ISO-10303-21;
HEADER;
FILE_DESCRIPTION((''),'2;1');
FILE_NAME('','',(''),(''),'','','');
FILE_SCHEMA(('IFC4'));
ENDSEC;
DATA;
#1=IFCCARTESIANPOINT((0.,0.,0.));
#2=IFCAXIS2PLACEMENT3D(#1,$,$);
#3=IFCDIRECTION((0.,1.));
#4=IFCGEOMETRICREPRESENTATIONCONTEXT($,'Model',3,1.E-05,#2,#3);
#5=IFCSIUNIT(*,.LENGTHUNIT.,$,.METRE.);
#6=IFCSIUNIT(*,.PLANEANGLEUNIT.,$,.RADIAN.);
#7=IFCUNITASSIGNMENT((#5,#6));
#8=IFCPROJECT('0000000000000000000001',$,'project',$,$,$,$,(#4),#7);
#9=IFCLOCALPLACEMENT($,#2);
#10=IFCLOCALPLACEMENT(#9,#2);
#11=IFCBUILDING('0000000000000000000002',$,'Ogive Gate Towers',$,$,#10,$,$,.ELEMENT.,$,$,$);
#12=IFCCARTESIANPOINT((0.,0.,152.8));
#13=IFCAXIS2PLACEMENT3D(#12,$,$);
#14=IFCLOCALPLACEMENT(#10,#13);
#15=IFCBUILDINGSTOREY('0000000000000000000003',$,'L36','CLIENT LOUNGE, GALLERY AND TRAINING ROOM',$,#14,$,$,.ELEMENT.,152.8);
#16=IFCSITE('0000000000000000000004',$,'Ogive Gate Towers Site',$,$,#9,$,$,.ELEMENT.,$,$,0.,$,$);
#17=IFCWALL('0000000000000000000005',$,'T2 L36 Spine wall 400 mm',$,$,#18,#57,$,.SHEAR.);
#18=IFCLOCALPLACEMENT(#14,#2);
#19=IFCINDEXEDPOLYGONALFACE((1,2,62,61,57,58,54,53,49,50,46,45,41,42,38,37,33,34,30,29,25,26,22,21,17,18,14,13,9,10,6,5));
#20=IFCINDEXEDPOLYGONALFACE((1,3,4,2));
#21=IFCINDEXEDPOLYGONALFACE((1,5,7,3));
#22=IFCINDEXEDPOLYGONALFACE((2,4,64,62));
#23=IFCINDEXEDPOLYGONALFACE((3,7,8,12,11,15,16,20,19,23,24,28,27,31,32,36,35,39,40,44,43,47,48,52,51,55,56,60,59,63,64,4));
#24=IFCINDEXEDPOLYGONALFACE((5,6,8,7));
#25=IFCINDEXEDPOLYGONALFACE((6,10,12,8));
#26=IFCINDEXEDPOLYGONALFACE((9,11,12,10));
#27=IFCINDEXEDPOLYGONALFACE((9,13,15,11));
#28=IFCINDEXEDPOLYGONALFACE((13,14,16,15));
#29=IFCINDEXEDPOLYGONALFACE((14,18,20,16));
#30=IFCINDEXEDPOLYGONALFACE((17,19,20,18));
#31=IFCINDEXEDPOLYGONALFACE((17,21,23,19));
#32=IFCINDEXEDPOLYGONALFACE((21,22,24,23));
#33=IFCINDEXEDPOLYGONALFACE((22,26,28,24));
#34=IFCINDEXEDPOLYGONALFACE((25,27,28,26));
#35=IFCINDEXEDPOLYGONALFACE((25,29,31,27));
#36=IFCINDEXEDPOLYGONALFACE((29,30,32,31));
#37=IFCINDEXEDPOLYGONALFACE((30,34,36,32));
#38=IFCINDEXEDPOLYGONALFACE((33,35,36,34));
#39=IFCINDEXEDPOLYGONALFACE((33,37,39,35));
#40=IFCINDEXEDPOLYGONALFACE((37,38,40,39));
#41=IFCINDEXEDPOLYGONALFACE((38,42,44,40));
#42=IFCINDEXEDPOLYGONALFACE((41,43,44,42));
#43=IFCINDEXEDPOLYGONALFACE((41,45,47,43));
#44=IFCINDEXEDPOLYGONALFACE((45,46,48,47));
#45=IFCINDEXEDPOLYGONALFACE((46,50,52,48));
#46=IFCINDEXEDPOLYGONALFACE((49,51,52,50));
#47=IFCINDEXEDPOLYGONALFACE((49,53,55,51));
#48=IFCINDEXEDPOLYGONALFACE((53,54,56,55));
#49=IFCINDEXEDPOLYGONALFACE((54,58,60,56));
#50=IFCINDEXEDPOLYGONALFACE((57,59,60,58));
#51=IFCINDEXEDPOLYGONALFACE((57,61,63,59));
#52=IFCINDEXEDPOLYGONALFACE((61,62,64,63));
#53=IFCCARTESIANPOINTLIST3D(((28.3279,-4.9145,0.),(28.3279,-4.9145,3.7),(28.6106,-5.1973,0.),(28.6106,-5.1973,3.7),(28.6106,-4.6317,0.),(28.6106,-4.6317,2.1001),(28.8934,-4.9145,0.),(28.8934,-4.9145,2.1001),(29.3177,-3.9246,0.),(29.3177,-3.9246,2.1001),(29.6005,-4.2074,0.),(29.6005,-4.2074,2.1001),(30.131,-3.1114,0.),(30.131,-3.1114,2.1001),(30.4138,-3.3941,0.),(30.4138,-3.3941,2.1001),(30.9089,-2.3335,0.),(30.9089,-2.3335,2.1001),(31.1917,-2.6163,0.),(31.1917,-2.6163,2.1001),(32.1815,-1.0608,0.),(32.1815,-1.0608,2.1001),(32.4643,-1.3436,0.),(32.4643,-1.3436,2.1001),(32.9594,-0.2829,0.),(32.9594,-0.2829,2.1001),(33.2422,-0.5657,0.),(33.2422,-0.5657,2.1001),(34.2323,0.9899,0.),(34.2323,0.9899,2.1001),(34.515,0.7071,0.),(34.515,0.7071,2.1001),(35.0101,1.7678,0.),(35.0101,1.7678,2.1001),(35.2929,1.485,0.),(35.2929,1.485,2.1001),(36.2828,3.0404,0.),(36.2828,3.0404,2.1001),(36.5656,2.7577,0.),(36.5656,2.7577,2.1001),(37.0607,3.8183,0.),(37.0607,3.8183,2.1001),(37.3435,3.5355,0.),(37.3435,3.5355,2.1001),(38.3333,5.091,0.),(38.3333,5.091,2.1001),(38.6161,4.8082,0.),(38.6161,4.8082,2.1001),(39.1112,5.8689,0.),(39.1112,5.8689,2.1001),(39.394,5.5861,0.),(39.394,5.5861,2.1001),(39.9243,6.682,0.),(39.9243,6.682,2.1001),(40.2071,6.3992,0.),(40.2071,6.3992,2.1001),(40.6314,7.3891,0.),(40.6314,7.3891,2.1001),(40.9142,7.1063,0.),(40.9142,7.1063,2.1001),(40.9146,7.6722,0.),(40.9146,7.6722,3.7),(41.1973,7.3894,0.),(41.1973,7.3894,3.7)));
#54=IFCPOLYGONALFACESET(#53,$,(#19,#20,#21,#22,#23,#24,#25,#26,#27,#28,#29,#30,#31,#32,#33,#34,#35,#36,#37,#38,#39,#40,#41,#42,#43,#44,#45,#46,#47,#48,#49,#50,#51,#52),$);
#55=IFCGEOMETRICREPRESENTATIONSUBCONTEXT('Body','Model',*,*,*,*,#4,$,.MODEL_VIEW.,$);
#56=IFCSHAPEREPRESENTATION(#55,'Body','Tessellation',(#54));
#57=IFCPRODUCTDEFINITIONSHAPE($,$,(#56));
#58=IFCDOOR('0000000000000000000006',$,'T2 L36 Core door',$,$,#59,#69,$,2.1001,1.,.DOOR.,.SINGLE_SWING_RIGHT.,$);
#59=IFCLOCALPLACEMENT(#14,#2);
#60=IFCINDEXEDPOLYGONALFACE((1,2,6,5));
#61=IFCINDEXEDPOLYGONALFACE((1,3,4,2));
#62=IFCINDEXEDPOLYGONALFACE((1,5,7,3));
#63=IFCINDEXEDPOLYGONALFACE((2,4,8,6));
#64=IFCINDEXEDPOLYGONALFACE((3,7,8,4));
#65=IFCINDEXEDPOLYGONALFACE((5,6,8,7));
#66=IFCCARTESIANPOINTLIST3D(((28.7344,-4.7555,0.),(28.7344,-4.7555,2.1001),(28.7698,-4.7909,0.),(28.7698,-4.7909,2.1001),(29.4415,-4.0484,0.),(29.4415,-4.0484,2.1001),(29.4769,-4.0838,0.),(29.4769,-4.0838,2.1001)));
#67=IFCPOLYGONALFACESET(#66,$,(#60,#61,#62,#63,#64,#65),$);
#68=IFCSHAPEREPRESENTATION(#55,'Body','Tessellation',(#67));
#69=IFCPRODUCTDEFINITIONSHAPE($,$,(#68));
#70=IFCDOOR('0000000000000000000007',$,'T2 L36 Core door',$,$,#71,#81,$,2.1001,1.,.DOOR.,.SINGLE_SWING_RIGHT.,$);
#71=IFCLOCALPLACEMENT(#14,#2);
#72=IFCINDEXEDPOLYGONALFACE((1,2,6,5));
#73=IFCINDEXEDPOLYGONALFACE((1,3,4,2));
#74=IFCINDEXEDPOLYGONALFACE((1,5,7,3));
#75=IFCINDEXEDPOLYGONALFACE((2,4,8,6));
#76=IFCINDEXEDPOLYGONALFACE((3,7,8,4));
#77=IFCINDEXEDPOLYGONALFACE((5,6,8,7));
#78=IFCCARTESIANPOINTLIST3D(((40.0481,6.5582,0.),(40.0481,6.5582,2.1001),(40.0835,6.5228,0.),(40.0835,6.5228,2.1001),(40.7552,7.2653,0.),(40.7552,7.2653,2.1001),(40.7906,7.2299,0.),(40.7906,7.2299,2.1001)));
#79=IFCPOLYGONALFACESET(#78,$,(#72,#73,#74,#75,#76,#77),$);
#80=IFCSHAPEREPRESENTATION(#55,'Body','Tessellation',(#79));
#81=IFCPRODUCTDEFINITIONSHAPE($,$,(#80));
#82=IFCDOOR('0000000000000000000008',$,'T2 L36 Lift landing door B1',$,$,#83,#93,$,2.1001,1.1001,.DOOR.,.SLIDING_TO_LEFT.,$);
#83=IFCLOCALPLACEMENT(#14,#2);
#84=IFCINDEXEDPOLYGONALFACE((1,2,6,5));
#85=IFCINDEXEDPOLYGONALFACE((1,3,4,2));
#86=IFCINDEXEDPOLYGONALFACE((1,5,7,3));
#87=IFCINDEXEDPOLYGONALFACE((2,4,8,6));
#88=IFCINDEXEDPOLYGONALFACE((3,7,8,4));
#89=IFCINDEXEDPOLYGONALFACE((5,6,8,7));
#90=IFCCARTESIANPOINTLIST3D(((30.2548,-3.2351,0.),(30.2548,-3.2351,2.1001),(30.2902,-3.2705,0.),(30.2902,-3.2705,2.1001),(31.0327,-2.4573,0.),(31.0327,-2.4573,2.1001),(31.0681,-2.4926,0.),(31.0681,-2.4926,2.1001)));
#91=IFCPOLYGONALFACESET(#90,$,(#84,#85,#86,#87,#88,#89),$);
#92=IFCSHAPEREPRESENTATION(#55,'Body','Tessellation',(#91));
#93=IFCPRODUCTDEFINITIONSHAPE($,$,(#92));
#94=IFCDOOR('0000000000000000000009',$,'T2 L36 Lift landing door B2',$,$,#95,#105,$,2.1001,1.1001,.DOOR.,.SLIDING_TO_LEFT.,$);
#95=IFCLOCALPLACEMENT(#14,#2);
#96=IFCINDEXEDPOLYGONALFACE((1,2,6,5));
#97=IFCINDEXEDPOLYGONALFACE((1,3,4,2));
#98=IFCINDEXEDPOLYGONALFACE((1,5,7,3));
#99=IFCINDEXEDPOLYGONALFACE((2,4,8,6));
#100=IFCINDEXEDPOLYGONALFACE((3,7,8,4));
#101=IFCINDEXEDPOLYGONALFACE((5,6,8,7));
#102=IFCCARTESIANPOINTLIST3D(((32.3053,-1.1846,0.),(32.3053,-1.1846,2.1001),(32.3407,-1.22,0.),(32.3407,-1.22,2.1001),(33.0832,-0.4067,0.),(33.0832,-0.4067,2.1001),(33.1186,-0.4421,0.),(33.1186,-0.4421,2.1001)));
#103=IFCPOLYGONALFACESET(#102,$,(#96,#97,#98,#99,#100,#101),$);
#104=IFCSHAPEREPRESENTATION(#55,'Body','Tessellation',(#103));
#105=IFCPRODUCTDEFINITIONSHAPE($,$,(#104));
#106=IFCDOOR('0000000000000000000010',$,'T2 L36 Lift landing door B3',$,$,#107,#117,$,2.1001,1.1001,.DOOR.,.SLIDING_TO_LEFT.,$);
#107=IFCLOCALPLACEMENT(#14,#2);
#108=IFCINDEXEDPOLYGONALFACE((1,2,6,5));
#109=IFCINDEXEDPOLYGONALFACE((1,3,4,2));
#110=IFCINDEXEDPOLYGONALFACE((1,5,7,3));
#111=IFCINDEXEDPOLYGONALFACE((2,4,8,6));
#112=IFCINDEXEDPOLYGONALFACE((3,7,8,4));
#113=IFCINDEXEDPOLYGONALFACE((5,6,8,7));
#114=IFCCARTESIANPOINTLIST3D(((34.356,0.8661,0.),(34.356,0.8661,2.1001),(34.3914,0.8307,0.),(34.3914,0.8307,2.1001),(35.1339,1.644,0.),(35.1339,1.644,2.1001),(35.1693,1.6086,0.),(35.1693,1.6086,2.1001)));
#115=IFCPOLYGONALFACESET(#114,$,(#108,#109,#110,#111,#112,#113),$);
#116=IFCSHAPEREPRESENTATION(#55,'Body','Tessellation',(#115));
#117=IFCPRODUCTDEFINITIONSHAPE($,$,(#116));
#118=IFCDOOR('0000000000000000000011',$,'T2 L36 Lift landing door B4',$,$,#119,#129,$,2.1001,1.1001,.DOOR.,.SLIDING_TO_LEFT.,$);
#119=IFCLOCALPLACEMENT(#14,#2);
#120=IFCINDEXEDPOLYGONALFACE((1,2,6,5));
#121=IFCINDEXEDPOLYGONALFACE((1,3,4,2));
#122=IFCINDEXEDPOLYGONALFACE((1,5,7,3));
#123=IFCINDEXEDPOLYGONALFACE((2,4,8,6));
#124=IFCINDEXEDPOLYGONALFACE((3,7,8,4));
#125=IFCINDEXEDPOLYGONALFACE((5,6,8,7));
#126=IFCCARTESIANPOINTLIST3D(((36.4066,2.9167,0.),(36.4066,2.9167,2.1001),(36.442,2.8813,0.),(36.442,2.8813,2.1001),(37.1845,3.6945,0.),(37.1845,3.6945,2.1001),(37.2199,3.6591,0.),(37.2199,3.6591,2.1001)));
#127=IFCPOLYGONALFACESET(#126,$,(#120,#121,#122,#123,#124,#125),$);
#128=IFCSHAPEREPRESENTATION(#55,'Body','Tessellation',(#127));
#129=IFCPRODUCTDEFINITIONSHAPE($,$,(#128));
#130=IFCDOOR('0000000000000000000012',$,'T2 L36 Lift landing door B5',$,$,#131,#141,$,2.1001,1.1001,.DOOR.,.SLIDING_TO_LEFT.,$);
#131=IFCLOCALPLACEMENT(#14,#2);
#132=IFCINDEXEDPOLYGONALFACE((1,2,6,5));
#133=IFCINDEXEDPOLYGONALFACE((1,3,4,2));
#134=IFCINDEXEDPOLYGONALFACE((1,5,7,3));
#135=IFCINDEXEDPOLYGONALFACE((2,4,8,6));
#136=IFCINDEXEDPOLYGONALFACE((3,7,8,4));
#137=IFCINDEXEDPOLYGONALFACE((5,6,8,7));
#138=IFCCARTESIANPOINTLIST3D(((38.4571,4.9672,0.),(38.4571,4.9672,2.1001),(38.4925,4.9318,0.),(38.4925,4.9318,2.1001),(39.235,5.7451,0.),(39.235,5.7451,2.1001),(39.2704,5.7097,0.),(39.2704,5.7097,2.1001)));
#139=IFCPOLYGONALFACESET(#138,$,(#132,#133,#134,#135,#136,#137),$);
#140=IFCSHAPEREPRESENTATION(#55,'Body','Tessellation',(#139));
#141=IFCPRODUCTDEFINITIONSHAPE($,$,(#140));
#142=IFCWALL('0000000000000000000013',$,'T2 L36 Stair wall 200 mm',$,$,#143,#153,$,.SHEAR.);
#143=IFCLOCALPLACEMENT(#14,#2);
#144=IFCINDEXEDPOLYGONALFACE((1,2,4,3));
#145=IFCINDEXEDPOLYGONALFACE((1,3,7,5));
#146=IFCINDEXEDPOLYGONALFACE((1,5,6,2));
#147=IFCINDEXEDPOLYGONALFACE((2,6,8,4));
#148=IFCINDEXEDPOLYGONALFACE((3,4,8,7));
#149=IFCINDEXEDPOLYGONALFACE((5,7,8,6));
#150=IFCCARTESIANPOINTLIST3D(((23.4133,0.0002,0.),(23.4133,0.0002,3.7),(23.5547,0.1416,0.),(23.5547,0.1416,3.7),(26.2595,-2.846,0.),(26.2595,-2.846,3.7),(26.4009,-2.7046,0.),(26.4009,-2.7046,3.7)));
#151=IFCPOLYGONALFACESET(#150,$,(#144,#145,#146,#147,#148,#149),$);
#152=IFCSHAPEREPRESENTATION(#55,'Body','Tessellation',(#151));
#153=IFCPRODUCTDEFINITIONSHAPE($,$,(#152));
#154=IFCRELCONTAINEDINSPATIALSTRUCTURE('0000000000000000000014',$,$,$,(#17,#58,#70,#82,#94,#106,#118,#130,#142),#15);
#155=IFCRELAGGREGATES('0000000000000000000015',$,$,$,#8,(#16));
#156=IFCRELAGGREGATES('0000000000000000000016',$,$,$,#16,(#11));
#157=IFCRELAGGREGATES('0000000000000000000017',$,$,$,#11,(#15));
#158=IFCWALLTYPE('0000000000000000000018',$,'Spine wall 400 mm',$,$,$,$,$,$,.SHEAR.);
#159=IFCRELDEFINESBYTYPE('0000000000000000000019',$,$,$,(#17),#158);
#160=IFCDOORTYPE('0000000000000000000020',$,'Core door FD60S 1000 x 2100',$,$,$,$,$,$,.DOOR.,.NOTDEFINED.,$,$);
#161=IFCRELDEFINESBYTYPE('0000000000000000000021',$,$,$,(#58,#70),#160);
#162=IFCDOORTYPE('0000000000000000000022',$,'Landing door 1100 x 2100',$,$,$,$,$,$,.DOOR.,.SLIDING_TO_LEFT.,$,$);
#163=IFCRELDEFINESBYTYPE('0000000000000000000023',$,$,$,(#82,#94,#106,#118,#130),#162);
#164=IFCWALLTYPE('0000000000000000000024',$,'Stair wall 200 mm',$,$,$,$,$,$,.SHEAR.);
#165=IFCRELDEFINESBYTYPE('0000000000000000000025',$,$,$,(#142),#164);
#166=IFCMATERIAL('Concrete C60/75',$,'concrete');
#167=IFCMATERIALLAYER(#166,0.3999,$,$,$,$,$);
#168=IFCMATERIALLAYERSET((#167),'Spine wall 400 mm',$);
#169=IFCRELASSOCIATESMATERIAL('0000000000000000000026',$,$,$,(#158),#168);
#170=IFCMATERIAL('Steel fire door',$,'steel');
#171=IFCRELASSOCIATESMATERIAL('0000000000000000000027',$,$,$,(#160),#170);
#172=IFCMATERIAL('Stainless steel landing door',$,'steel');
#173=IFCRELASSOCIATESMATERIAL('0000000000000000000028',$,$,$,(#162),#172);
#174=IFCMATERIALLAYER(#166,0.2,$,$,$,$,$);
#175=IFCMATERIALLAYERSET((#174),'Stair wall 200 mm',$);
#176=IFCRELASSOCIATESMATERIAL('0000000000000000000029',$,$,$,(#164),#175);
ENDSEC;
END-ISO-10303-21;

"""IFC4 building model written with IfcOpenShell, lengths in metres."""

from ifc_helpers import new_model, si_unit, direction, frame, frame_2d, origin, place, context, subcontext, project, spatial, rectangle, extrude, material, layer, layer_set, type_object, element, fill, save


model = new_model("IFC4")

# Units and contexts
model_context = context("Model", 3, precision=1e-05, world=origin(), true_north=direction((0.0, 1.0)))
body_context = subcontext(model_context, "Body", "Model", "MODEL_VIEW")
ifc_project = project(units=[si_unit("LENGTHUNIT", "METRE"), si_unit("PLANEANGLEUNIT", "RADIAN")], contexts=[model_context])

# Site, building, storey
site_placement = place(None, origin())
site = spatial("IfcSite", under=ifc_project, at=site_placement, Name="Ogive Gate Towers Site", CompositionType="ELEMENT", RefElevation=0.0)
building_placement = place(site_placement, origin())
building = spatial("IfcBuilding", under=site, at=building_placement, Name="Ogive Gate Towers", CompositionType="ELEMENT")
storey_placement = place(building_placement, frame((0.0, 0.0, 152.8)))
storey = spatial("IfcBuildingStorey", under=building, at=storey_placement, Name="L36", Description="CLIENT LOUNGE, GALLERY AND TRAINING ROOM", CompositionType="ELEMENT", Elevation=152.8)

# Shared definitions
ifc_material_1 = material(Name="Concrete C60/75", Category="concrete")

# Wall, openings, doors
ifc_layer_1 = layer(ifc_material_1, 0.3999)
ifc_layer_set_1 = layer_set([ifc_layer_1], Name="Spine wall 400 mm")
wall_type_1 = type_object("IfcWallType", Name="Spine wall 400 mm", PredefinedType="SHEAR", material=ifc_layer_set_1)
ifc_material_2 = material(Name="Steel fire door", Category="steel")
door_type_1 = type_object("IfcDoorType", Name="Core door FD60S 1000 x 2100", OperationType="NOTDEFINED", PredefinedType="DOOR", material=ifc_material_2)
ifc_material_3 = material(Name="Stainless steel landing door", Category="steel")
door_type_2 = type_object("IfcDoorType", Name="Landing door 1100 x 2100", OperationType="SLIDING_TO_LEFT", PredefinedType="DOOR", material=ifc_material_3)
wall_1_placement = place(storey_placement, frame((28.4692, -5.0559, 0.0), z_axis=(0.0, 0.0, 1.0), x_axis=(0.707107, 0.707107, 0.0)))
wall_1 = element("IfcWall", 1, at=wall_1_placement, inside=storey, type_object=wall_type_1, Name="T2 L36 Spine wall 400 mm", PredefinedType="SHEAR", context=body_context, shape_type="SweptSolid", body=[
    extrude(rectangle(XDim=17.8003, YDim=0.3999, at=frame_2d((8.9001, 0.0))), origin(), (0.0, 0.0, 1.0), 3.7),
])
opening_1_placement = place(wall_1_placement, frame((0.3999, 0.0, 0.0)))
opening_1 = element("IfcOpeningElement", 2, at=opening_1_placement, cuts=wall_1, PredefinedType="OPENING", context=body_context, shape_type="SweptSolid", body=[
    extrude(rectangle(XDim=1.0, YDim=2.1001, at=frame_2d((0.5, 1.05))), frame((0.0, 0.21, 0.0), z_axis=(0.0, -1.0, 0.0), x_axis=(1.0, 0.0, 0.0)), (0.0, 0.0, 1.0), 0.4199),
])
opening_2_placement = place(wall_1_placement, frame((2.55, 0.0, 0.0)))
opening_2 = element("IfcOpeningElement", 3, at=opening_2_placement, cuts=wall_1, PredefinedType="OPENING", context=body_context, shape_type="SweptSolid", body=[
    extrude(rectangle(XDim=1.1001, YDim=2.1001, at=frame_2d((0.55, 1.05))), frame((0.0, 0.21, 0.0), z_axis=(0.0, -1.0, 0.0), x_axis=(1.0, 0.0, 0.0)), (0.0, 0.0, 1.0), 0.4199),
])
opening_3_placement = place(wall_1_placement, frame((5.45, 0.0, 0.0)))
opening_3 = element("IfcOpeningElement", 4, at=opening_3_placement, cuts=wall_1, PredefinedType="OPENING", context=body_context, shape_type="SweptSolid", body=[
    extrude(rectangle(XDim=1.1001, YDim=2.1001, at=frame_2d((0.55, 1.05))), frame((0.0, 0.21, 0.0), z_axis=(0.0, -1.0, 0.0), x_axis=(1.0, 0.0, 0.0)), (0.0, 0.0, 1.0), 0.4199),
])
opening_4_placement = place(wall_1_placement, frame((8.3501, 0.0, 0.0)))
opening_4 = element("IfcOpeningElement", 5, at=opening_4_placement, cuts=wall_1, PredefinedType="OPENING", context=body_context, shape_type="SweptSolid", body=[
    extrude(rectangle(XDim=1.1001, YDim=2.1001, at=frame_2d((0.55, 1.05))), frame((0.0, 0.21, 0.0), z_axis=(0.0, -1.0, 0.0), x_axis=(1.0, 0.0, 0.0)), (0.0, 0.0, 1.0), 0.4199),
])
opening_5_placement = place(wall_1_placement, frame((11.25, 0.0, 0.0)))
opening_5 = element("IfcOpeningElement", 6, at=opening_5_placement, cuts=wall_1, PredefinedType="OPENING", context=body_context, shape_type="SweptSolid", body=[
    extrude(rectangle(XDim=1.1001, YDim=2.1001, at=frame_2d((0.55, 1.05))), frame((0.0, 0.21, 0.0), z_axis=(0.0, -1.0, 0.0), x_axis=(1.0, 0.0, 0.0)), (0.0, 0.0, 1.0), 0.4199),
])
opening_6_placement = place(wall_1_placement, frame((14.1499, 0.0, 0.0)))
opening_6 = element("IfcOpeningElement", 7, at=opening_6_placement, cuts=wall_1, PredefinedType="OPENING", context=body_context, shape_type="SweptSolid", body=[
    extrude(rectangle(XDim=1.1001, YDim=2.1001, at=frame_2d((0.55, 1.05))), frame((0.0, 0.21, 0.0), z_axis=(0.0, -1.0, 0.0), x_axis=(1.0, 0.0, 0.0)), (0.0, 0.0, 1.0), 0.4199),
])
opening_7_placement = place(wall_1_placement, frame((16.3999, 0.0, 0.0)))
opening_7 = element("IfcOpeningElement", 8, at=opening_7_placement, cuts=wall_1, PredefinedType="OPENING", context=body_context, shape_type="SweptSolid", body=[
    extrude(rectangle(XDim=1.0, YDim=2.1001, at=frame_2d((0.5, 1.05))), frame((0.0, 0.21, 0.0), z_axis=(0.0, -1.0, 0.0), x_axis=(1.0, 0.0, 0.0)), (0.0, 0.0, 1.0), 0.4199),
])
door_1_placement = place(opening_1_placement, origin())
door_1 = element("IfcDoor", 9, at=door_1_placement, inside=storey, type_object=door_type_1, Name="T2 L36 Core door", OperationType="SINGLE_SWING_RIGHT", OverallHeight=2.1001, OverallWidth=1.0, PredefinedType="DOOR", context=body_context, shape_type="SweptSolid", body=[
    extrude(rectangle(XDim=1.0, YDim=2.1001, at=frame_2d((0.5, 1.05))), frame((0.0, 0.0249, 0.0), z_axis=(0.0, -1.0, 0.0), x_axis=(1.0, 0.0, 0.0)), (0.0, 0.0, 1.0), 0.05),
])
fill(opening_1, door_1)
door_2_placement = place(opening_7_placement, origin())
door_2 = element("IfcDoor", 10, at=door_2_placement, inside=storey, type_object=door_type_1, Name="T2 L36 Core door", OperationType="SINGLE_SWING_RIGHT", OverallHeight=2.1001, OverallWidth=1.0, PredefinedType="DOOR", context=body_context, shape_type="SweptSolid", body=[
    extrude(rectangle(XDim=1.0, YDim=2.1001, at=frame_2d((0.5, 1.05))), frame((0.0, 0.0249, 0.0), z_axis=(0.0, -1.0, 0.0), x_axis=(1.0, 0.0, 0.0)), (0.0, 0.0, 1.0), 0.05),
])
fill(opening_7, door_2)
door_3_placement = place(opening_2_placement, origin())
door_3 = element("IfcDoor", 11, at=door_3_placement, inside=storey, type_object=door_type_2, Name="T2 L36 Lift landing door B1", OperationType="SLIDING_TO_LEFT", OverallHeight=2.1001, OverallWidth=1.1001, PredefinedType="DOOR", context=body_context, shape_type="SweptSolid", body=[
    extrude(rectangle(XDim=1.1001, YDim=2.1001, at=frame_2d((0.55, 1.05))), frame((0.0, 0.0249, 0.0), z_axis=(0.0, -1.0, 0.0), x_axis=(1.0, 0.0, 0.0)), (0.0, 0.0, 1.0), 0.05),
])
fill(opening_2, door_3)
door_4_placement = place(opening_3_placement, origin())
door_4 = element("IfcDoor", 12, at=door_4_placement, inside=storey, type_object=door_type_2, Name="T2 L36 Lift landing door B2", OperationType="SLIDING_TO_LEFT", OverallHeight=2.1001, OverallWidth=1.1001, PredefinedType="DOOR", context=body_context, shape_type="SweptSolid", body=[
    extrude(rectangle(XDim=1.1001, YDim=2.1001, at=frame_2d((0.55, 1.05))), frame((0.0, 0.0249, 0.0), z_axis=(0.0, -1.0, 0.0), x_axis=(1.0, 0.0, 0.0)), (0.0, 0.0, 1.0), 0.05),
])
fill(opening_3, door_4)
door_5_placement = place(opening_4_placement, origin())
door_5 = element("IfcDoor", 13, at=door_5_placement, inside=storey, type_object=door_type_2, Name="T2 L36 Lift landing door B3", OperationType="SLIDING_TO_LEFT", OverallHeight=2.1001, OverallWidth=1.1001, PredefinedType="DOOR", context=body_context, shape_type="SweptSolid", body=[
    extrude(rectangle(XDim=1.1001, YDim=2.1001, at=frame_2d((0.55, 1.05))), frame((0.0, 0.0249, 0.0), z_axis=(0.0, -1.0, 0.0), x_axis=(1.0, 0.0, 0.0)), (0.0, 0.0, 1.0), 0.05),
])
fill(opening_4, door_5)
door_6_placement = place(opening_5_placement, origin())
door_6 = element("IfcDoor", 14, at=door_6_placement, inside=storey, type_object=door_type_2, Name="T2 L36 Lift landing door B4", OperationType="SLIDING_TO_LEFT", OverallHeight=2.1001, OverallWidth=1.1001, PredefinedType="DOOR", context=body_context, shape_type="SweptSolid", body=[
    extrude(rectangle(XDim=1.1001, YDim=2.1001, at=frame_2d((0.55, 1.05))), frame((0.0, 0.0249, 0.0), z_axis=(0.0, -1.0, 0.0), x_axis=(1.0, 0.0, 0.0)), (0.0, 0.0, 1.0), 0.05),
])
fill(opening_5, door_6)
door_7_placement = place(opening_6_placement, origin())
door_7 = element("IfcDoor", 15, at=door_7_placement, inside=storey, type_object=door_type_2, Name="T2 L36 Lift landing door B5", OperationType="SLIDING_TO_LEFT", OverallHeight=2.1001, OverallWidth=1.1001, PredefinedType="DOOR", context=body_context, shape_type="SweptSolid", body=[
    extrude(rectangle(XDim=1.1001, YDim=2.1001, at=frame_2d((0.55, 1.05))), frame((0.0, 0.0249, 0.0), z_axis=(0.0, -1.0, 0.0), x_axis=(1.0, 0.0, 0.0)), (0.0, 0.0, 1.0), 0.05),
])
fill(opening_6, door_7)

# Wall
ifc_layer_2 = layer(ifc_material_1, 0.2)
ifc_layer_set_2 = layer_set([ifc_layer_2], Name="Stair wall 200 mm")
wall_type_2 = type_object("IfcWallType", Name="Stair wall 200 mm", PredefinedType="SHEAR", material=ifc_layer_set_2)
wall_2_placement = place(storey_placement, frame((26.3303, -2.7754, 0.0), z_axis=(0.0, 0.0, 1.0), x_axis=(-0.707107, 0.707107, 0.0)))
element("IfcWall", 16, at=wall_2_placement, inside=storey, type_object=wall_type_2, Name="T2 L36 Stair wall 200 mm", PredefinedType="SHEAR", context=body_context, shape_type="SweptSolid", body=[
    extrude(rectangle(XDim=4.0251, YDim=0.2, at=frame_2d((2.0127, 0.0))), origin(), (0.0, 0.0, 1.0), 3.7),
])

save(model, "model.ifc")
